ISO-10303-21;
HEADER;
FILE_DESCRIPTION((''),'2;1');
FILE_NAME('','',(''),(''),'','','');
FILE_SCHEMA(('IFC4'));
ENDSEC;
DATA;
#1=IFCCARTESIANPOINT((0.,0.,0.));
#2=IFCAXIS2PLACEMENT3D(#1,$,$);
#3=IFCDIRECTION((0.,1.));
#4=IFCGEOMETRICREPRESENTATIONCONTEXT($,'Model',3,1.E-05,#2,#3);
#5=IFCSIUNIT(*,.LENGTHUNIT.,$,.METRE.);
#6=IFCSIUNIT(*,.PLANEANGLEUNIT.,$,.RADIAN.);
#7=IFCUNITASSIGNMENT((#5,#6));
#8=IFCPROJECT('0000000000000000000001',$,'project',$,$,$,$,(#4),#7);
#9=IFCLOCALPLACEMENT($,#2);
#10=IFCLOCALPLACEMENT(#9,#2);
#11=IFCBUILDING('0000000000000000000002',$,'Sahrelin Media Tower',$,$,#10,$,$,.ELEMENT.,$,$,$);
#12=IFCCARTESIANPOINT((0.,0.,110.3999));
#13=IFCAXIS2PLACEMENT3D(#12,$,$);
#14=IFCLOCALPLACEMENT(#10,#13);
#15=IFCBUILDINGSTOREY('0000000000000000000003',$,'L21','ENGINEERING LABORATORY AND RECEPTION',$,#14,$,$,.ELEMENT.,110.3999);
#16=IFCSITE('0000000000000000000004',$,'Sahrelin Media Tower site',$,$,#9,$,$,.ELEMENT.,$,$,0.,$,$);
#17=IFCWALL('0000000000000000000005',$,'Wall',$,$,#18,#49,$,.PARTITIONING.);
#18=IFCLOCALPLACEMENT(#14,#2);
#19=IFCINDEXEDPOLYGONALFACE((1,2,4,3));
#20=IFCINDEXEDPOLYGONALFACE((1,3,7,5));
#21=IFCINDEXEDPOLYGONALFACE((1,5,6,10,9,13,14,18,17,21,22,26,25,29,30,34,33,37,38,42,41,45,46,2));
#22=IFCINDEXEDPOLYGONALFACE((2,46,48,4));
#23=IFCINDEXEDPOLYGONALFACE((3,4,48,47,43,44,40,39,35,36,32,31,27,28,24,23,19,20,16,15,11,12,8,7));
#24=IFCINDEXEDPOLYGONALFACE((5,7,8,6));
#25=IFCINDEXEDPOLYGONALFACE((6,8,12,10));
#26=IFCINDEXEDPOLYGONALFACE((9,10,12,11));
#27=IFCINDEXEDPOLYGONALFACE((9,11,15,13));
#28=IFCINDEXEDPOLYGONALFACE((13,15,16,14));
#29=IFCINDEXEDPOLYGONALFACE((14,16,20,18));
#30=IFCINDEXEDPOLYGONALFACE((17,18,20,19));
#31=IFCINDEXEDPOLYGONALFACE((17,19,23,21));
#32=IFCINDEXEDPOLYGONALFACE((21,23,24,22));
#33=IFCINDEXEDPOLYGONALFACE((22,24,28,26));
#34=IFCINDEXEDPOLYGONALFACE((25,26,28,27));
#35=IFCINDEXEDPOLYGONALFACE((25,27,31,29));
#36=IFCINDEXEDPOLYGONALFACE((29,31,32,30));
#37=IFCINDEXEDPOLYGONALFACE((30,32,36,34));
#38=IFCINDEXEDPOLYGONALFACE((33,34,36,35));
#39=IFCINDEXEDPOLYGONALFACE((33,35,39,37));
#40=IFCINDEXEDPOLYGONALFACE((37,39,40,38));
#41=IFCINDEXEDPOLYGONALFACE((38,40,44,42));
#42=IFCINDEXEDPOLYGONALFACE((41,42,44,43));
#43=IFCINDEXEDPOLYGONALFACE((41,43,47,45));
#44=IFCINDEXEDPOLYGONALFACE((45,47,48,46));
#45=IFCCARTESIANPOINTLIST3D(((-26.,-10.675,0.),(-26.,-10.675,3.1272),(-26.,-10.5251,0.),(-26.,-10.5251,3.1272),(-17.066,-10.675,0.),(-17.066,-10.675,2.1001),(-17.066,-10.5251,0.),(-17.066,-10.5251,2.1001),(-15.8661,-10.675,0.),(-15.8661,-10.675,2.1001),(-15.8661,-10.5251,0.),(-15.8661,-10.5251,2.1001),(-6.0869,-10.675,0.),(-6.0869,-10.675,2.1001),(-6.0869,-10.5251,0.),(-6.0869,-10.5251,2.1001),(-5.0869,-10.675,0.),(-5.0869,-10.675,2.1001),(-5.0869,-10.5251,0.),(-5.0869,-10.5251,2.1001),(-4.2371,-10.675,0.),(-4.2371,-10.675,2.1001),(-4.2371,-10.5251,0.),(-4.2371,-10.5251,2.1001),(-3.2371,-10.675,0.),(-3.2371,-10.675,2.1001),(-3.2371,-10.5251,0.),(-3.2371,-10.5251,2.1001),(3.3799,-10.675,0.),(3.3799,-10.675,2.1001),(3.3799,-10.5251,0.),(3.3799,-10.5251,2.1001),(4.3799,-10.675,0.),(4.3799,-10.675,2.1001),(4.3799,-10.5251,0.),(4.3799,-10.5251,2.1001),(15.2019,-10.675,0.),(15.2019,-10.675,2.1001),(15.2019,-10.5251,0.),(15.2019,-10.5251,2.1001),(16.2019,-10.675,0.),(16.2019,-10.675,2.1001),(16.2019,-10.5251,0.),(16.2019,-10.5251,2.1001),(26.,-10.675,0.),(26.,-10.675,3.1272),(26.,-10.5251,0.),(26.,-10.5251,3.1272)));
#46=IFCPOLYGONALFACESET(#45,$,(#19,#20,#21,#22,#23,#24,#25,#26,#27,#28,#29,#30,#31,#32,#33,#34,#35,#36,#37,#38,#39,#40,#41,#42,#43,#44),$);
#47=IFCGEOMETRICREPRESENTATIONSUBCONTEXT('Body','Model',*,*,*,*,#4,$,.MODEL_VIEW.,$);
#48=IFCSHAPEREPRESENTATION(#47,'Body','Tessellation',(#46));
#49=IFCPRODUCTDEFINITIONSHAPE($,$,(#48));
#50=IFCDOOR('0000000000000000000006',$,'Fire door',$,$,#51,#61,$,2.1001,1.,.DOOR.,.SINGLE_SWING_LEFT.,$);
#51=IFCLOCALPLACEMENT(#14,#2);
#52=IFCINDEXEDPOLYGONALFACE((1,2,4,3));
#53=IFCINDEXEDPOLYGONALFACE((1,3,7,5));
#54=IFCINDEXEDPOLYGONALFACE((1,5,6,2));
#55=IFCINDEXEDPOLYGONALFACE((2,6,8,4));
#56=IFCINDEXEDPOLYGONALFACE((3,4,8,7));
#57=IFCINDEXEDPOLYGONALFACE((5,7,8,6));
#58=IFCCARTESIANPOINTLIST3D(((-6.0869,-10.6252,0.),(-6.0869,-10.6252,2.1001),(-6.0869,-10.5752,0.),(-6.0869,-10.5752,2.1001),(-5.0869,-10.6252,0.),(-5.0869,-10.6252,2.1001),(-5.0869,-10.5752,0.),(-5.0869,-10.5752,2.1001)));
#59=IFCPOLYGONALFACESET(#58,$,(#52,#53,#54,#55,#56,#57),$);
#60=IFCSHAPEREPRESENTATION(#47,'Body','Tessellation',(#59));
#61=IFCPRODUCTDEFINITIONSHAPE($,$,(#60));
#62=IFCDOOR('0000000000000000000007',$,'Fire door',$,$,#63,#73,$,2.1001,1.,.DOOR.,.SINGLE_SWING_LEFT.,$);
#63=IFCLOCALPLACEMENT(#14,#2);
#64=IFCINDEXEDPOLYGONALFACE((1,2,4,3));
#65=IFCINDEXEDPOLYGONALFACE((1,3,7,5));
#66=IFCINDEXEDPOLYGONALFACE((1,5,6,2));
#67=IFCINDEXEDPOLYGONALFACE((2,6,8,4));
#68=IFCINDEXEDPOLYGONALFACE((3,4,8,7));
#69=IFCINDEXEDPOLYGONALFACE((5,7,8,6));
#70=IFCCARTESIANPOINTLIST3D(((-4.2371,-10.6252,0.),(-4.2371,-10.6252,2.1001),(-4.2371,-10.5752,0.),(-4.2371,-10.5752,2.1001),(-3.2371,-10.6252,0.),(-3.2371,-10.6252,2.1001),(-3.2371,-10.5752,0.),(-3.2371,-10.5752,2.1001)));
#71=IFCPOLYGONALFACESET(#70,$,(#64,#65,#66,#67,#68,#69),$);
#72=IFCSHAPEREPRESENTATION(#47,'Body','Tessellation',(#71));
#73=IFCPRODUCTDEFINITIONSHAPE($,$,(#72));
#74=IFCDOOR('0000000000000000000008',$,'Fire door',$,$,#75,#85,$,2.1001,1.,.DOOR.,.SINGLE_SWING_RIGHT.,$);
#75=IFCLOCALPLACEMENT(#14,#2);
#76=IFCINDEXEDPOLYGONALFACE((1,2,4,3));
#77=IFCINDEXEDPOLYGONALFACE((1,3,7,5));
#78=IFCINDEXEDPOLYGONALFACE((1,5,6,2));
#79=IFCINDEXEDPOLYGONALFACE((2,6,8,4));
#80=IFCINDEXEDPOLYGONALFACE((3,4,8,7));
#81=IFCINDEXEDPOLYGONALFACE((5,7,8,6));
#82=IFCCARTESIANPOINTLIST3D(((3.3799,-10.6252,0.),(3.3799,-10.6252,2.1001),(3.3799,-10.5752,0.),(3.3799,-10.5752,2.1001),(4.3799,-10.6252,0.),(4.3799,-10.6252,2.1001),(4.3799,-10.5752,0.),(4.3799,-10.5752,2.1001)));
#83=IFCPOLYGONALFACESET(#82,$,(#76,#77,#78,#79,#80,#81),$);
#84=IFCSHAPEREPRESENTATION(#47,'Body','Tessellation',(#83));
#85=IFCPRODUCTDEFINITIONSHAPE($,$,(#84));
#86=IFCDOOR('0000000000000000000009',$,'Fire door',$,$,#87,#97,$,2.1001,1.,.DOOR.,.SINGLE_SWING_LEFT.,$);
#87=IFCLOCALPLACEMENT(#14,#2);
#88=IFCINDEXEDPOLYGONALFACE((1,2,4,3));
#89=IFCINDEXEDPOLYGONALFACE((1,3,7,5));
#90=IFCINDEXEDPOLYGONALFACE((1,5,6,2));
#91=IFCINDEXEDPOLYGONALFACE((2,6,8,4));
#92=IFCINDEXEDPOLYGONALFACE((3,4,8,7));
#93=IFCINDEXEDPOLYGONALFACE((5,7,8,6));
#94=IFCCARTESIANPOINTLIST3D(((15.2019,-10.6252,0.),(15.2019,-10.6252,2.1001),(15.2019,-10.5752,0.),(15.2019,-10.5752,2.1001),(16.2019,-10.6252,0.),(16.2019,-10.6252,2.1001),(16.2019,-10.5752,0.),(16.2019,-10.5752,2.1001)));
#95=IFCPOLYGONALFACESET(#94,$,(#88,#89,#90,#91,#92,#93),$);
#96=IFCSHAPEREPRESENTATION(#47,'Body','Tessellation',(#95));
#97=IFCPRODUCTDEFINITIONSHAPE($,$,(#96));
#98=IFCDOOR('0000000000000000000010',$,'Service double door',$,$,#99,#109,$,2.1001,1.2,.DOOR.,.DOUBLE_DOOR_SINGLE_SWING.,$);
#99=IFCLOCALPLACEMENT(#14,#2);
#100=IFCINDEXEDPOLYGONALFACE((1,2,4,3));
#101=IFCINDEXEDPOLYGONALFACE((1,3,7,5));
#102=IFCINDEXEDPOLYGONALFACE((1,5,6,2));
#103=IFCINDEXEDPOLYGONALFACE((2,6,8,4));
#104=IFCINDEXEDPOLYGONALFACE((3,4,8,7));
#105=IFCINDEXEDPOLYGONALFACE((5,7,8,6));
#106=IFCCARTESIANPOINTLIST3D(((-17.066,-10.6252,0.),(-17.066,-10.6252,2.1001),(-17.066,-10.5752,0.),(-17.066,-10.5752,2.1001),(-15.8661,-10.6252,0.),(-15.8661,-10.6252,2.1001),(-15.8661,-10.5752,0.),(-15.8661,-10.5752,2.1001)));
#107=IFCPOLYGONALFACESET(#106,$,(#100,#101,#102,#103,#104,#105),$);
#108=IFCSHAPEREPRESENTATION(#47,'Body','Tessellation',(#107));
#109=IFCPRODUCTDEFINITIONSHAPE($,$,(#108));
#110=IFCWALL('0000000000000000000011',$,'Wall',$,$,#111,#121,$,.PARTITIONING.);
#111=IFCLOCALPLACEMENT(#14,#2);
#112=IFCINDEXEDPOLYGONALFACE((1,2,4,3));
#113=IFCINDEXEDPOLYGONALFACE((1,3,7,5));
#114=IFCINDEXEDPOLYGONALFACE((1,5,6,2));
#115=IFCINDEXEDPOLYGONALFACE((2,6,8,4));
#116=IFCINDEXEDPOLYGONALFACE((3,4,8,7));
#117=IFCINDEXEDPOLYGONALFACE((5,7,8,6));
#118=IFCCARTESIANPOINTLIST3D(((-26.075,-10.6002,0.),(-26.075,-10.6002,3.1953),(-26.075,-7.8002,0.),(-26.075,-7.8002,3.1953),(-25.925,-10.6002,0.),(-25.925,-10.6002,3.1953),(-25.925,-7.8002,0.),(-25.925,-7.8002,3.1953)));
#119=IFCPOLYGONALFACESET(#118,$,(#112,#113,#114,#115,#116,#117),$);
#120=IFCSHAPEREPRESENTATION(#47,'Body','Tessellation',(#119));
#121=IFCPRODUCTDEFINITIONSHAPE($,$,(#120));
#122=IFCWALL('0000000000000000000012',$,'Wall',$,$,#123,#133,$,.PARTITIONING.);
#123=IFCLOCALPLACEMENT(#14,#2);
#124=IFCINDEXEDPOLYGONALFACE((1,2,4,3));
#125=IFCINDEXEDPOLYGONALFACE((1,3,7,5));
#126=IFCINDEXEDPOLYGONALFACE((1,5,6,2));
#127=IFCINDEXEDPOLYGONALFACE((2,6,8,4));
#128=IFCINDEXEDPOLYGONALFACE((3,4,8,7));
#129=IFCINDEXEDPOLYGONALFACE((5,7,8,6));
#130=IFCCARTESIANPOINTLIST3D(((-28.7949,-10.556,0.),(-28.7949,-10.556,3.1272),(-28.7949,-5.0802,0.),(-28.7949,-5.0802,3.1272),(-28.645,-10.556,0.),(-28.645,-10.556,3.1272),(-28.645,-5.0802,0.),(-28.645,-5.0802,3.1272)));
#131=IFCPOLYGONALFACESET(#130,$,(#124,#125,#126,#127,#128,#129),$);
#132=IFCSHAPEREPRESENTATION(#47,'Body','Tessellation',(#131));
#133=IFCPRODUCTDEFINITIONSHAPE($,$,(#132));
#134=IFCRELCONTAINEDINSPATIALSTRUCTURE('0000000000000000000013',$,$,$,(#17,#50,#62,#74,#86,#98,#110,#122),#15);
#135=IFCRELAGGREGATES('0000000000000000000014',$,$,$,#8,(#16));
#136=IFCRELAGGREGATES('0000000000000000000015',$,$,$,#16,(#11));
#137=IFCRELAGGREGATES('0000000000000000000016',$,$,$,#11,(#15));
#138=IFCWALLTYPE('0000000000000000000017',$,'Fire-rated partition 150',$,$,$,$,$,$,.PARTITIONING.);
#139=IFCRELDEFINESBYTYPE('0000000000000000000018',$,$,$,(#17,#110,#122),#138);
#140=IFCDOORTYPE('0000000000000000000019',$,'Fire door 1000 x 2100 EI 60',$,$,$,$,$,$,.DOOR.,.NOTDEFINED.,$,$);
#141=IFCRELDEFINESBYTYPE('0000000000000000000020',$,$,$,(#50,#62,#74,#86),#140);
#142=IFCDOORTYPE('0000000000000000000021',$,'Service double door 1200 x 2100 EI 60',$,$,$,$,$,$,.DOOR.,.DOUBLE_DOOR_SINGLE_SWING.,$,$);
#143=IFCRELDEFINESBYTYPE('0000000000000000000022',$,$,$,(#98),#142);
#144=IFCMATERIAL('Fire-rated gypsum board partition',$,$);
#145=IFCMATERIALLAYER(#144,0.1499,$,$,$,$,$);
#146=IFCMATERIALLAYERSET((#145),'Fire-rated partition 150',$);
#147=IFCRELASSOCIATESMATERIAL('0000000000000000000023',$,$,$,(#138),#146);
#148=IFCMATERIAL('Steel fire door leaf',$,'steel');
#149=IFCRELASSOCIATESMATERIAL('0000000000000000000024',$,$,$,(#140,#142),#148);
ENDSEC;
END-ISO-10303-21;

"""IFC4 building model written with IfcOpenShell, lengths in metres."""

from ifc_helpers import new_model, si_unit, direction, frame, frame_2d, origin, place, context, subcontext, project, spatial, rectangle, extrude, material, layer, layer_set, type_object, element, fill, save


model = new_model("IFC4")

# Units and contexts
model_context = context("Model", 3, precision=1e-05, world=origin(), true_north=direction((0.0, 1.0)))
body_context = subcontext(model_context, "Body", "Model", "MODEL_VIEW")
ifc_project = project(units=[si_unit("LENGTHUNIT", "METRE"), si_unit("PLANEANGLEUNIT", "RADIAN")], contexts=[model_context])

# Site, building, storey
site_placement = place(None, origin())
site = spatial("IfcSite", under=ifc_project, at=site_placement, Name="Sahrelin Media Tower site", CompositionType="ELEMENT", RefElevation=0.0)
building_placement = place(site_placement, origin())
building = spatial("IfcBuilding", under=site, at=building_placement, Name="Sahrelin Media Tower", CompositionType="ELEMENT")
storey_placement = place(building_placement, frame((0.0, 0.0, 110.3999)))
storey = spatial("IfcBuildingStorey", under=building, at=storey_placement, Name="L21", Description="ENGINEERING LABORATORY AND RECEPTION", CompositionType="ELEMENT", Elevation=110.3999)

# Wall, openings, doors
ifc_material_1 = material(Name="Fire-rated gypsum board partition")
ifc_layer_1 = layer(ifc_material_1, 0.1499)
ifc_layer_set_1 = layer_set([ifc_layer_1], Name="Fire-rated partition 150")
wall_type_1 = type_object("IfcWallType", Name="Fire-rated partition 150", PredefinedType="PARTITIONING", material=ifc_layer_set_1)
wall_1_placement = place(storey_placement, frame((-26.0, -10.6001, 0.0), z_axis=(0.0, 0.0, 1.0), x_axis=(1.0, 0.0, 0.0)))
wall_1 = element("IfcWall", 1, at=wall_1_placement, inside=storey, type_object=wall_type_1, Name="Wall", PredefinedType="PARTITIONING", context=body_context, shape_type="SweptSolid", body=[
    extrude(rectangle(XDim=52.0, YDim=0.1499, at=frame_2d((26.0, 0.0))), origin(), (0.0, 0.0, 1.0), 3.1272),
])
opening_1_placement = place(wall_1_placement, frame((8.9338, 0.0, 0.0)))
opening_1 = element("IfcOpeningElement", 2, at=opening_1_placement, cuts=wall_1, PredefinedType="OPENING", context=body_context, shape_type="SweptSolid", body=[
    extrude(rectangle(XDim=1.2, YDim=2.1001, at=frame_2d((0.6001, 1.05))), frame((0.0, 0.075, 0.0), z_axis=(0.0, -1.0, 0.0), x_axis=(1.0, 0.0, 0.0)), (0.0, 0.0, 1.0), 0.1499),
])
opening_2_placement = place(wall_1_placement, frame((19.9131, 0.0, 0.0)))
opening_2 = element("IfcOpeningElement", 3, at=opening_2_placement, cuts=wall_1, PredefinedType="OPENING", context=body_context, shape_type="SweptSolid", body=[
    extrude(rectangle(XDim=1.0, YDim=2.1001, at=frame_2d((0.5, 1.05))), frame((0.0, 0.075, 0.0), z_axis=(0.0, -1.0, 0.0), x_axis=(1.0, 0.0, 0.0)), (0.0, 0.0, 1.0), 0.1499),
])
opening_3_placement = place(wall_1_placement, frame((21.7629, 0.0, 0.0)))
opening_3 = element("IfcOpeningElement", 4, at=opening_3_placement, cuts=wall_1, PredefinedType="OPENING", context=body_context, shape_type="SweptSolid", body=[
    extrude(rectangle(XDim=1.0, YDim=2.1001, at=frame_2d((0.5, 1.05))), frame((0.0, 0.075, 0.0), z_axis=(0.0, -1.0, 0.0), x_axis=(1.0, 0.0, 0.0)), (0.0, 0.0, 1.0), 0.1499),
])
opening_4_placement = place(wall_1_placement, frame((29.3799, 0.0, 0.0)))
opening_4 = element("IfcOpeningElement", 5, at=opening_4_placement, cuts=wall_1, PredefinedType="OPENING", context=body_context, shape_type="SweptSolid", body=[
    extrude(rectangle(XDim=1.0, YDim=2.1001, at=frame_2d((0.5, 1.05))), frame((0.0, 0.075, 0.0), z_axis=(0.0, -1.0, 0.0), x_axis=(1.0, 0.0, 0.0)), (0.0, 0.0, 1.0), 0.1499),
])
opening_5_placement = place(wall_1_placement, frame((41.2019, 0.0, 0.0)))
opening_5 = element("IfcOpeningElement", 6, at=opening_5_placement, cuts=wall_1, PredefinedType="OPENING", context=body_context, shape_type="SweptSolid", body=[
    extrude(rectangle(XDim=1.0, YDim=2.1001, at=frame_2d((0.5, 1.05))), frame((0.0, 0.075, 0.0), z_axis=(0.0, -1.0, 0.0), x_axis=(1.0, 0.0, 0.0)), (0.0, 0.0, 1.0), 0.1499),
])
ifc_material_2 = material(Name="Steel fire door leaf", Category="steel")
door_type_1 = type_object("IfcDoorType", Name="Fire door 1000 x 2100 EI 60", OperationType="NOTDEFINED", PredefinedType="DOOR", material=ifc_material_2)
door_1_placement = place(opening_2_placement, origin())
door_1 = element("IfcDoor", 7, at=door_1_placement, inside=storey, type_object=door_type_1, Name="Fire door", OperationType="SINGLE_SWING_LEFT", OverallHeight=2.1001, OverallWidth=1.0, PredefinedType="DOOR", context=body_context, shape_type="SweptSolid", body=[
    extrude(rectangle(XDim=1.0, YDim=2.1001, at=frame_2d((0.5, 1.05))), frame((0.0, 0.0249, 0.0), z_axis=(0.0, -1.0, 0.0), x_axis=(1.0, 0.0, 0.0)), (0.0, 0.0, 1.0), 0.05),
])
fill(opening_2, door_1)
door_2_placement = place(opening_3_placement, origin())
door_2 = element("IfcDoor", 8, at=door_2_placement, inside=storey, type_object=door_type_1, Name="Fire door", OperationType="SINGLE_SWING_LEFT", OverallHeight=2.1001, OverallWidth=1.0, PredefinedType="DOOR", context=body_context, shape_type="SweptSolid", body=[
    extrude(rectangle(XDim=1.0, YDim=2.1001, at=frame_2d((0.5, 1.05))), frame((0.0, 0.0249, 0.0), z_axis=(0.0, -1.0, 0.0), x_axis=(1.0, 0.0, 0.0)), (0.0, 0.0, 1.0), 0.05),
])
fill(opening_3, door_2)
door_3_placement = place(opening_4_placement, origin())
door_3 = element("IfcDoor", 9, at=door_3_placement, inside=storey, type_object=door_type_1, Name="Fire door", OperationType="SINGLE_SWING_RIGHT", OverallHeight=2.1001, OverallWidth=1.0, PredefinedType="DOOR", context=body_context, shape_type="SweptSolid", body=[
    extrude(rectangle(XDim=1.0, YDim=2.1001, at=frame_2d((0.5, 1.05))), frame((0.0, 0.0249, 0.0), z_axis=(0.0, -1.0, 0.0), x_axis=(1.0, 0.0, 0.0)), (0.0, 0.0, 1.0), 0.05),
])
fill(opening_4, door_3)
door_4_placement = place(opening_5_placement, origin())
door_4 = element("IfcDoor", 10, at=door_4_placement, inside=storey, type_object=door_type_1, Name="Fire door", OperationType="SINGLE_SWING_LEFT", OverallHeight=2.1001, OverallWidth=1.0, PredefinedType="DOOR", context=body_context, shape_type="SweptSolid", body=[
    extrude(rectangle(XDim=1.0, YDim=2.1001, at=frame_2d((0.5, 1.05))), frame((0.0, 0.0249, 0.0), z_axis=(0.0, -1.0, 0.0), x_axis=(1.0, 0.0, 0.0)), (0.0, 0.0, 1.0), 0.05),
])
fill(opening_5, door_4)
door_type_2 = type_object("IfcDoorType", Name="Service double door 1200 x 2100 EI 60", OperationType="DOUBLE_DOOR_SINGLE_SWING", PredefinedType="DOOR", material=ifc_material_2)
door_5_placement = place(opening_1_placement, origin())
door_5 = element("IfcDoor", 11, at=door_5_placement, inside=storey, type_object=door_type_2, Name="Service double door", OperationType="DOUBLE_DOOR_SINGLE_SWING", OverallHeight=2.1001, OverallWidth=1.2, PredefinedType="DOOR", context=body_context, shape_type="SweptSolid", body=[
    extrude(rectangle(XDim=1.2, YDim=2.1001, at=frame_2d((0.6001, 1.05))), frame((0.0, 0.0249, 0.0), z_axis=(0.0, -1.0, 0.0), x_axis=(1.0, 0.0, 0.0)), (0.0, 0.0, 1.0), 0.05),
])
fill(opening_1, door_5)

# Walls
wall_2_placement = place(storey_placement, frame((-26.0, -10.6001, 0.0), z_axis=(0.0, 0.0, 1.0), x_axis=(0.0, 1.0, 0.0)))
element("IfcWall", 12, at=wall_2_placement, inside=storey, type_object=wall_type_1, Name="Wall", PredefinedType="PARTITIONING", context=body_context, shape_type="SweptSolid", body=[
    extrude(rectangle(XDim=2.8, YDim=0.1499, at=frame_2d((1.3999, 0.0))), origin(), (0.0, 0.0, 1.0), 3.1953),
])
wall_3_placement = place(storey_placement, frame((-28.72, -10.5559, 0.0), z_axis=(0.0, 0.0, 1.0), x_axis=(0.0, 1.0, 0.0)))
element("IfcWall", 13, at=wall_3_placement, inside=storey, type_object=wall_type_1, Name="Wall", PredefinedType="PARTITIONING", context=body_context, shape_type="SweptSolid", body=[
    extrude(rectangle(XDim=5.4758, YDim=0.1499, at=frame_2d((2.7378, 0.0))), origin(), (0.0, 0.0, 1.0), 3.1272),
])

save(model, "model.ifc")
